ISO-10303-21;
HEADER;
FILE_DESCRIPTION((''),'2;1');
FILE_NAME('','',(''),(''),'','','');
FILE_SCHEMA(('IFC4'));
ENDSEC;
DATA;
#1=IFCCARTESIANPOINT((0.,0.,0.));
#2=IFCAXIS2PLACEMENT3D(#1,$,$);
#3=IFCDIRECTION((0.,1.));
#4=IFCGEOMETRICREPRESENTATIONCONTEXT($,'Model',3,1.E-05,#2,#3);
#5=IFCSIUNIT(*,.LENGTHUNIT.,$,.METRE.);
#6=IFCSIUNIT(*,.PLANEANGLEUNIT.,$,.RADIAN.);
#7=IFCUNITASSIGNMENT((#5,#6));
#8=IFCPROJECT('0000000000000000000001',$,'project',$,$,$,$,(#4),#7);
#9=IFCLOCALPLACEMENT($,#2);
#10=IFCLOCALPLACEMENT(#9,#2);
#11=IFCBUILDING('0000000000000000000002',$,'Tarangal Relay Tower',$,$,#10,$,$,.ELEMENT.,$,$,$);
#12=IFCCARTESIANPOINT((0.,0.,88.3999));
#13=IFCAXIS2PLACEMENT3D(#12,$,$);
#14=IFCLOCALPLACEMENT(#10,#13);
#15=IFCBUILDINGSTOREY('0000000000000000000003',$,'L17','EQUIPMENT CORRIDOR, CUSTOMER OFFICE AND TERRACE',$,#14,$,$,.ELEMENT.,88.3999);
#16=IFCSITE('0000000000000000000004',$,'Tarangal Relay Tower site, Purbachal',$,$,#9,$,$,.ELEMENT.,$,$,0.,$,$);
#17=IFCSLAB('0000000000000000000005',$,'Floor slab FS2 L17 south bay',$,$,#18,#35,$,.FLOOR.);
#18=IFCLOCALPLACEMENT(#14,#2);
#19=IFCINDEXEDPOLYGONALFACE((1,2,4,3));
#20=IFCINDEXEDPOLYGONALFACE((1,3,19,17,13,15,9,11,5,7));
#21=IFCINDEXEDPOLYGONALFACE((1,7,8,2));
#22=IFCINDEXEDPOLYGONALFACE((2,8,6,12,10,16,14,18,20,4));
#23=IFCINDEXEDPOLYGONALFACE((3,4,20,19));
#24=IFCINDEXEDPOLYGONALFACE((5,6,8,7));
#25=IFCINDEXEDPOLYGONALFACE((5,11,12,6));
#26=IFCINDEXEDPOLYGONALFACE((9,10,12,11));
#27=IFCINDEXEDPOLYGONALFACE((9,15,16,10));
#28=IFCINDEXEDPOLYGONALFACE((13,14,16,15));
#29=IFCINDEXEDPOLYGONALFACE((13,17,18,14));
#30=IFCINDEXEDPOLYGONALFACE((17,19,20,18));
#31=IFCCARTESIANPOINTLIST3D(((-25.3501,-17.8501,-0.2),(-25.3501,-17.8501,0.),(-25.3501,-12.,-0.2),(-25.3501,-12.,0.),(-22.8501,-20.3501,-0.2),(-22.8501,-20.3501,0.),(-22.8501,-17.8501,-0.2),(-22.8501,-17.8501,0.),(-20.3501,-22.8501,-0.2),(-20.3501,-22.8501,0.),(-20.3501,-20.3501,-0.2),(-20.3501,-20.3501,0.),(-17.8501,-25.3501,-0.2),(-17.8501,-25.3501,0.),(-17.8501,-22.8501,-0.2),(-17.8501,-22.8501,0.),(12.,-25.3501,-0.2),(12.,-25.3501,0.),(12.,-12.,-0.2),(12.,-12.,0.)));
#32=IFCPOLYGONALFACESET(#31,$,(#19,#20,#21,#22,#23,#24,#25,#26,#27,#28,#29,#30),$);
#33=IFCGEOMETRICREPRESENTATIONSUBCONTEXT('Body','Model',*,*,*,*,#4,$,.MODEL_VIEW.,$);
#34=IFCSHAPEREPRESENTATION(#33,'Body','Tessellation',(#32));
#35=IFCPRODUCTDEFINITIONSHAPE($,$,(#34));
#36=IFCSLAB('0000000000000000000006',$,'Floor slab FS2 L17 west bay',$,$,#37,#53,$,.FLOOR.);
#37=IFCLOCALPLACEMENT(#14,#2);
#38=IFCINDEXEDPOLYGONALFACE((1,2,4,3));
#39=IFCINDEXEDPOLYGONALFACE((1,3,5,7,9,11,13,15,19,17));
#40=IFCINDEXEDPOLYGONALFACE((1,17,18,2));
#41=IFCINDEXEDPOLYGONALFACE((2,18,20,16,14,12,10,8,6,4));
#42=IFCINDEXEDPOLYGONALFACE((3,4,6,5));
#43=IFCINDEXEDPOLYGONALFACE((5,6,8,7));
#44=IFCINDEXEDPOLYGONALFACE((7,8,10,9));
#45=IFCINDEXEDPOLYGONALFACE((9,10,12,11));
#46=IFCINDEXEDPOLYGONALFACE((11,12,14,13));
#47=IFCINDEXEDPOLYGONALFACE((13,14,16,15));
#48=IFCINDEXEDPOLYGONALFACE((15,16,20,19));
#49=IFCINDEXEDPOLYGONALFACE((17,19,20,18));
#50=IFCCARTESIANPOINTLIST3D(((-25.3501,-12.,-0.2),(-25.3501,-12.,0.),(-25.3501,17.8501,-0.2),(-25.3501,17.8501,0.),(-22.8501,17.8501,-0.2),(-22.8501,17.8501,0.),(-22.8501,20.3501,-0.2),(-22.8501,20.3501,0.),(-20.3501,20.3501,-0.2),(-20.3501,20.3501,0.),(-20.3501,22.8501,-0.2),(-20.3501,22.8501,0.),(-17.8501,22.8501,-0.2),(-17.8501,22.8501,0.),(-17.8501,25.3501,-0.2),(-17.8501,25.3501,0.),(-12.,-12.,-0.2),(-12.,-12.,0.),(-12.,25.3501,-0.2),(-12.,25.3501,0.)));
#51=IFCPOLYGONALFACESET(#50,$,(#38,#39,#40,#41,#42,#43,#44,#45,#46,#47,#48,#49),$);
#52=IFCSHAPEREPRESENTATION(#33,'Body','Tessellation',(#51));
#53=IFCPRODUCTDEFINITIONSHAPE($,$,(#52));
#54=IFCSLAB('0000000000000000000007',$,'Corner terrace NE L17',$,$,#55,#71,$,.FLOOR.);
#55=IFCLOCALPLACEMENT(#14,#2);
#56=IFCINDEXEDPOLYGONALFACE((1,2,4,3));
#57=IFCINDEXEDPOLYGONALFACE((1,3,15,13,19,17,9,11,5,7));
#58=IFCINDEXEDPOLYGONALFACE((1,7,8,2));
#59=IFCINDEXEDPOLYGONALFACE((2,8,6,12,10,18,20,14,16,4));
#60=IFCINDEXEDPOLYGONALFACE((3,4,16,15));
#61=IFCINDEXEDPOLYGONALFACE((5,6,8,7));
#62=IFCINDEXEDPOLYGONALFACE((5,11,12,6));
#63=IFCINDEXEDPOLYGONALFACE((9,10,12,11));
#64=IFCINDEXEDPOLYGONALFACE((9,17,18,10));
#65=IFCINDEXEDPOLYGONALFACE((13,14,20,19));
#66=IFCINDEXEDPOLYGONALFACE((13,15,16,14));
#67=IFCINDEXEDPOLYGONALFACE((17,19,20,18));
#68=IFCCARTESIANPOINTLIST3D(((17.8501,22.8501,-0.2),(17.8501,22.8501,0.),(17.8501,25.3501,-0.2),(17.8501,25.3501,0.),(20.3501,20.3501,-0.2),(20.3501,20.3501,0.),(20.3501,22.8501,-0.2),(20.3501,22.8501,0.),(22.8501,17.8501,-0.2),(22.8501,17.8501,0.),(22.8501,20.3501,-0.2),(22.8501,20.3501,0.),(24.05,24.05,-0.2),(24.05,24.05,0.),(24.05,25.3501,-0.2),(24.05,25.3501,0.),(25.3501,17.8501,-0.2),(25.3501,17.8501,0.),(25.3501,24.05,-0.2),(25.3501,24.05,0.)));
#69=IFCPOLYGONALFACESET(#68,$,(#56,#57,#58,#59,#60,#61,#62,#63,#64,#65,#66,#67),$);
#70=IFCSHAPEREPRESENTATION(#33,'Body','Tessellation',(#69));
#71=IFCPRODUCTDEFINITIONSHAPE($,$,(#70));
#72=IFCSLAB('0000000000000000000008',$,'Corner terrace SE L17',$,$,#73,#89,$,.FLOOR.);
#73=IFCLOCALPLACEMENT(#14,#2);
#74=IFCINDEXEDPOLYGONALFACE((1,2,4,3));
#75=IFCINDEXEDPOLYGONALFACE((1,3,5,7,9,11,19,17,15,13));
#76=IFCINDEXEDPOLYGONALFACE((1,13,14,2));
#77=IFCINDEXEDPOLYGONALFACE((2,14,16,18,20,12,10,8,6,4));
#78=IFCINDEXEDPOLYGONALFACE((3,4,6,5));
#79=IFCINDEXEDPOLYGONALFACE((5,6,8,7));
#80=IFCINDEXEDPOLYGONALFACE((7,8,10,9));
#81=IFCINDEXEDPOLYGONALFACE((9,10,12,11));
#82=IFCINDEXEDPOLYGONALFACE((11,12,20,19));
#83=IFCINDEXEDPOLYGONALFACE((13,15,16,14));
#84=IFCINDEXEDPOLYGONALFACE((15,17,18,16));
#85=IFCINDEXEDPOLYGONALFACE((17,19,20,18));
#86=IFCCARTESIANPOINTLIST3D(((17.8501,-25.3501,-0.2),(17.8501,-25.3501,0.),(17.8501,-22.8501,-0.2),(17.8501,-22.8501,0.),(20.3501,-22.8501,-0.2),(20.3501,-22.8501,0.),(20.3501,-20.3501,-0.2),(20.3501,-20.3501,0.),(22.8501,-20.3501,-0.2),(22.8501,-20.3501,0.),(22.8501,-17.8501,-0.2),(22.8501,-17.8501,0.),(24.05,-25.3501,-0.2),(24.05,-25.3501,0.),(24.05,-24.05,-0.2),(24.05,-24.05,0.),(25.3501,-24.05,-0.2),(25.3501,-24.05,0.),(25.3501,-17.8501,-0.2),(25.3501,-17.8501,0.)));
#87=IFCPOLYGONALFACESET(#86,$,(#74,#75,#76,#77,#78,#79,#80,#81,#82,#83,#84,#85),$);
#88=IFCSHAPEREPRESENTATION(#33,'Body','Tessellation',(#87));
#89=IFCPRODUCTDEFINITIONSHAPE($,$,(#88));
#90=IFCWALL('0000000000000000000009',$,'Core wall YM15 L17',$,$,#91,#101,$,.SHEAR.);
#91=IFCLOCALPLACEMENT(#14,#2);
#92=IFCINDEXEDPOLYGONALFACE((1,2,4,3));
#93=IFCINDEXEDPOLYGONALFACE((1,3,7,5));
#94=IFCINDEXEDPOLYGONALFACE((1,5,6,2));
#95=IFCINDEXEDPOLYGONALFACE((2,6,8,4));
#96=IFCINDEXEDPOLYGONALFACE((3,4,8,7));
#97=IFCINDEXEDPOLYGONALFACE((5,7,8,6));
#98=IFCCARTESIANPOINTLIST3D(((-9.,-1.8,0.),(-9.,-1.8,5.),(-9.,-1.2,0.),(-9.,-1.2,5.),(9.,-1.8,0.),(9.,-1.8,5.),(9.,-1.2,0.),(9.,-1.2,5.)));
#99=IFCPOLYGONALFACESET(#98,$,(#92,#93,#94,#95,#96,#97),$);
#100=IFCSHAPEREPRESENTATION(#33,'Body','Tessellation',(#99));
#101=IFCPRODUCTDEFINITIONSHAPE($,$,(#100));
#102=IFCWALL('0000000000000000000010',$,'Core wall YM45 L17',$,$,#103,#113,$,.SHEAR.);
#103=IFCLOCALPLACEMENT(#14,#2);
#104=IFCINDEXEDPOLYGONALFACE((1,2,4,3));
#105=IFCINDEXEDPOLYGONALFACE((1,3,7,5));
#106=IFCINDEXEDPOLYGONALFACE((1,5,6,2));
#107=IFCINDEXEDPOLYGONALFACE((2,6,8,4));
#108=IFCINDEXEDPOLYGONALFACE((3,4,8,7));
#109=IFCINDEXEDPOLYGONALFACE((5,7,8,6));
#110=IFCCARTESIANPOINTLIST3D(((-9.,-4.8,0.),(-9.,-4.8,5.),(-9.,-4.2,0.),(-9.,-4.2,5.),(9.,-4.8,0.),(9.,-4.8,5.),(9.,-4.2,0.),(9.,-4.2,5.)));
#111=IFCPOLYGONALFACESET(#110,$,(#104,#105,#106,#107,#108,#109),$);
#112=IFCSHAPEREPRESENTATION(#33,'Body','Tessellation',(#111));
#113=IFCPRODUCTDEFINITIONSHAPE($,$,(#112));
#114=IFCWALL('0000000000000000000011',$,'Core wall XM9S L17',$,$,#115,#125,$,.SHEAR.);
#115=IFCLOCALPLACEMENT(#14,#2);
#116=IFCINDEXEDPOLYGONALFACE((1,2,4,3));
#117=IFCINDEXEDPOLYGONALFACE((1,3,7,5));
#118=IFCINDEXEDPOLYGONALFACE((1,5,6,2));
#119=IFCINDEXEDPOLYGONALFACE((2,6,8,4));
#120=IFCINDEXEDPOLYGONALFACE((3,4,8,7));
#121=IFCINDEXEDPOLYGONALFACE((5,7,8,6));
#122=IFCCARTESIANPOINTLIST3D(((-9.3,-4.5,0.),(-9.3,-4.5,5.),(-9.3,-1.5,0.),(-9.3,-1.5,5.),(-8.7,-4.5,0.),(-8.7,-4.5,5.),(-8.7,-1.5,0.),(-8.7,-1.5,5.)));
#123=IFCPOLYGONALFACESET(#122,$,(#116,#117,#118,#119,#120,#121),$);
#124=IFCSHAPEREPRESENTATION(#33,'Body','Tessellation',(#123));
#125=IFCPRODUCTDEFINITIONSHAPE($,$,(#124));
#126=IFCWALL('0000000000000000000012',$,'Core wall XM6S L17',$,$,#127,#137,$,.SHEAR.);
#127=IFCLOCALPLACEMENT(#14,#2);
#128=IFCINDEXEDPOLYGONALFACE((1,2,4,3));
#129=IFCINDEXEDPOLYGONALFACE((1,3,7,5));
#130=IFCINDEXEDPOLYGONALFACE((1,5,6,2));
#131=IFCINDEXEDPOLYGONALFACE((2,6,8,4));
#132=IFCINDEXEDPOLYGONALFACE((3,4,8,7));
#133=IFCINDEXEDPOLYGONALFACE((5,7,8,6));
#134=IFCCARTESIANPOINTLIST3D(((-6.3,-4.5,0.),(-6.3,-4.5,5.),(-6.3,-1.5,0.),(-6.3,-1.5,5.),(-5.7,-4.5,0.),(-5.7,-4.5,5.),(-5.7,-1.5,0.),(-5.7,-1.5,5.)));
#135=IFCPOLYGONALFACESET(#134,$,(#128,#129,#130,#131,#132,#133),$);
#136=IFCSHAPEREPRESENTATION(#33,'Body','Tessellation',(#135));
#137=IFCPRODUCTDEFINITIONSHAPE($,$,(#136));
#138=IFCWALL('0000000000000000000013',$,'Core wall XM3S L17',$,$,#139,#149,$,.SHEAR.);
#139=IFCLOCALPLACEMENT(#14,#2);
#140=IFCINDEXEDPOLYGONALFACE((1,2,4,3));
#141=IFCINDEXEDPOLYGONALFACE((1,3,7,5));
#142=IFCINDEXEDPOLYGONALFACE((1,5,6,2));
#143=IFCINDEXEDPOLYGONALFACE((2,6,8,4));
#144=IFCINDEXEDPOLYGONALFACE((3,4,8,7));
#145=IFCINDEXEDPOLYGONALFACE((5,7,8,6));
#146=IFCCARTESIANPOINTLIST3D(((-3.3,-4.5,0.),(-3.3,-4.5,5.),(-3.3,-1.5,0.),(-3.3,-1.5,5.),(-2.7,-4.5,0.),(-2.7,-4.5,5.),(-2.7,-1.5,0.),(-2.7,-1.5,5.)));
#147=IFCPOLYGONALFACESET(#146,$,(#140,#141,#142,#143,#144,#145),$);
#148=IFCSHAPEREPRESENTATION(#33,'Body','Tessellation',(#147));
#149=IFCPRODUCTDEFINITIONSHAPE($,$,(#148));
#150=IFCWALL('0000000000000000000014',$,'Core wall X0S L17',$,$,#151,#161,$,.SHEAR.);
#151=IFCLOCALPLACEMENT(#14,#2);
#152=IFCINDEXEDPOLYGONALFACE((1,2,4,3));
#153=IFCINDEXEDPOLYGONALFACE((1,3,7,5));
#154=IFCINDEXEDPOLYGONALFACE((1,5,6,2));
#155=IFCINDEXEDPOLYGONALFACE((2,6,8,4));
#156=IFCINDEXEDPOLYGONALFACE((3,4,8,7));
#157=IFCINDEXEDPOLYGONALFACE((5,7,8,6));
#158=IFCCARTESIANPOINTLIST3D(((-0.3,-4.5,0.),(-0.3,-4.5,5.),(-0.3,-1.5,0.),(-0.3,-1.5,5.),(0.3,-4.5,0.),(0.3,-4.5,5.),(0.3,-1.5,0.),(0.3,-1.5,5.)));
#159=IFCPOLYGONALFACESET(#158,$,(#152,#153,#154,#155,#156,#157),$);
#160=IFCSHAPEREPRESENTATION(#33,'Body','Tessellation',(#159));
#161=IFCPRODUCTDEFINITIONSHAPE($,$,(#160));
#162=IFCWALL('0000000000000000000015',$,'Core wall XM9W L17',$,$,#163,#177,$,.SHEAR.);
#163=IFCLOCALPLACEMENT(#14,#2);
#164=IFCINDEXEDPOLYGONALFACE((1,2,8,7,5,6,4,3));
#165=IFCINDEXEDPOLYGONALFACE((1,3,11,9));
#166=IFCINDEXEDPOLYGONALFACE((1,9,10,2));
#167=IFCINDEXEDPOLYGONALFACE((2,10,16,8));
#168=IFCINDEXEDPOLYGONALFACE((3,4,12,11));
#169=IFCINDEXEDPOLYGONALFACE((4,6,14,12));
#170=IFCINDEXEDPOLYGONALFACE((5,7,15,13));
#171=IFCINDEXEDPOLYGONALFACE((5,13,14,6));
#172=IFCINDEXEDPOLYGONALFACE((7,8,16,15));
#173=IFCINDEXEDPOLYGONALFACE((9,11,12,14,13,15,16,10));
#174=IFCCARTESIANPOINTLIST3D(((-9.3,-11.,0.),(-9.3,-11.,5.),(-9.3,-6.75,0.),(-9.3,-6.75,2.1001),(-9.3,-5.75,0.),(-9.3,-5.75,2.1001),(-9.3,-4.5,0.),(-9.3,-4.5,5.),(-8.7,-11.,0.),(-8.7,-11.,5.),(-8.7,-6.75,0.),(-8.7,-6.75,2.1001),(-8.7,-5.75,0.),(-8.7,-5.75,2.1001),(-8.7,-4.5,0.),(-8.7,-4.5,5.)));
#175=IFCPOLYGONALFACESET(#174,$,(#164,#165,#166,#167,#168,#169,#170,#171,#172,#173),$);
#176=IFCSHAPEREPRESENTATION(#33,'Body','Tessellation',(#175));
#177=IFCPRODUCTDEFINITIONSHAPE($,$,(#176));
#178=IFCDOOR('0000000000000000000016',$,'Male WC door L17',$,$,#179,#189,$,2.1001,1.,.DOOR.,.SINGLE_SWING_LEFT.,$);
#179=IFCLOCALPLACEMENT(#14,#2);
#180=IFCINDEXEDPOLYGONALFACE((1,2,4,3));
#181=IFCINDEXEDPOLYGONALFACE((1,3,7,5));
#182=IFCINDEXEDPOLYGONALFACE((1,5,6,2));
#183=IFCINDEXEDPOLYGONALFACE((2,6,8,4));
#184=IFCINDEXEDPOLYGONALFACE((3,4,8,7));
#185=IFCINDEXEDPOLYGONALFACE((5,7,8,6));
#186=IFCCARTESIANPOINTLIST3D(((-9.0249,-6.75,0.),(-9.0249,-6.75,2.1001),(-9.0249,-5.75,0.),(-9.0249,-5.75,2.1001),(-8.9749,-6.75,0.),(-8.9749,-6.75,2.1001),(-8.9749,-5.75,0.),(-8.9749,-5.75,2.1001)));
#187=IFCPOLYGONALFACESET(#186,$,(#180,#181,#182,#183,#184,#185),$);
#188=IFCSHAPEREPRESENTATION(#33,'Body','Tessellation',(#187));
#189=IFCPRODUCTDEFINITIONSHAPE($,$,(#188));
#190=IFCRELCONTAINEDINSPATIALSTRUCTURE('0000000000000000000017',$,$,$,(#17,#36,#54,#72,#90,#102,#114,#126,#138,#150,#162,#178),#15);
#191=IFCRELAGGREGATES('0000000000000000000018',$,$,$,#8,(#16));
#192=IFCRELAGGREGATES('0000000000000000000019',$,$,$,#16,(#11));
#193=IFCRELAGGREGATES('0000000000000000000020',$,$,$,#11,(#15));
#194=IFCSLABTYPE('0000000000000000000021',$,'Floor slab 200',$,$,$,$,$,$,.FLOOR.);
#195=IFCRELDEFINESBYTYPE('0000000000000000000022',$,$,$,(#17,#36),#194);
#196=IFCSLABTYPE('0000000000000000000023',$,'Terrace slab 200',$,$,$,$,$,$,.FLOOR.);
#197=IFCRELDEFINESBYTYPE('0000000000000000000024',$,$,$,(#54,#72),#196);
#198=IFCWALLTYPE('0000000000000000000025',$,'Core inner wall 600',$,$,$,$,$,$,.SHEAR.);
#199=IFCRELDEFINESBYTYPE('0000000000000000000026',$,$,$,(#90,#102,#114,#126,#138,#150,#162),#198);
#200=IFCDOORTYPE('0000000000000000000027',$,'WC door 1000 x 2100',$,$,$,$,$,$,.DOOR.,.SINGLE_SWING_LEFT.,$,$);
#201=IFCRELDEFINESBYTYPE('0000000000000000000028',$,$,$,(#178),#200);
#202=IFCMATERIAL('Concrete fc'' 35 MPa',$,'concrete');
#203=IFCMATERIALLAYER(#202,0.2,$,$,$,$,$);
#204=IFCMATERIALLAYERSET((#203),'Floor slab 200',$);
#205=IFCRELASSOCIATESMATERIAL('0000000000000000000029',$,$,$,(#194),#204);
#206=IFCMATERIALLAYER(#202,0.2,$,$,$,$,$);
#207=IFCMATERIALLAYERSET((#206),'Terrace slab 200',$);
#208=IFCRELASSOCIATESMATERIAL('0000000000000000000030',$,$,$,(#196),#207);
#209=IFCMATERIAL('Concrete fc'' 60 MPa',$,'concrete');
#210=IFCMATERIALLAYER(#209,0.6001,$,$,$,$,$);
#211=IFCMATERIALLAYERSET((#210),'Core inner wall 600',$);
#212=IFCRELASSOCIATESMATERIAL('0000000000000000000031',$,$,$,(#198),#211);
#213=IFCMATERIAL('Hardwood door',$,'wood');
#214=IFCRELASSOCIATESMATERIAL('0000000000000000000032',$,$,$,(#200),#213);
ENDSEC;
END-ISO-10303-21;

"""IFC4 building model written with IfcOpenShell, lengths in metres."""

from ifc_helpers import new_model, si_unit, direction, frame, frame_2d, origin, place, context, subcontext, project, spatial, polyline, rectangle, outline, extrude, material, layer, layer_set, type_object, element, fill, save


model = new_model("IFC4")

# Units and contexts
model_context = context("Model", 3, precision=1e-05, world=origin(), true_north=direction((0.0, 1.0)))
body_context = subcontext(model_context, "Body", "Model", "MODEL_VIEW")
ifc_project = project(units=[si_unit("LENGTHUNIT", "METRE"), si_unit("PLANEANGLEUNIT", "RADIAN")], contexts=[model_context])

# Site, building, storey
site_placement = place(None, origin())
site = spatial("IfcSite", under=ifc_project, at=site_placement, Name="Tarangal Relay Tower site, Purbachal", CompositionType="ELEMENT", RefElevation=0.0)
building_placement = place(site_placement, origin())
building = spatial("IfcBuilding", under=site, at=building_placement, Name="Tarangal Relay Tower", CompositionType="ELEMENT")
storey_placement = place(building_placement, frame((0.0, 0.0, 88.3999)))
storey = spatial("IfcBuildingStorey", under=building, at=storey_placement, Name="L17", Description="EQUIPMENT CORRIDOR, CUSTOMER OFFICE AND TERRACE", CompositionType="ELEMENT", Elevation=88.3999)

# Slabs
ifc_material_1 = material(Name="Concrete fc' 35 MPa", Category="concrete")
ifc_layer_1 = layer(ifc_material_1, 0.2)
ifc_layer_set_1 = layer_set([ifc_layer_1], Name="Floor slab 200")
slab_type_1 = type_object("IfcSlabType", Name="Floor slab 200", PredefinedType="FLOOR", material=ifc_layer_set_1)
slab_1_placement = place(storey_placement, frame((0.0, 0.0, -0.2)))
element("IfcSlab", 1, at=slab_1_placement, inside=storey, type_object=slab_type_1, Name="Floor slab FS2 L17 south bay", PredefinedType="FLOOR", context=body_context, shape_type="SweptSolid", body=[
    extrude(outline(polyline([(-17.8501, -25.3501), (-17.8501, -22.8501), (-20.3501, -22.8501), (-20.3501, -20.3501), (-22.8501, -20.3501), (-22.8501, -17.8501), (-25.3501, -17.8501), (-25.3501, -12.0), (12.0, -12.0), (12.0, -25.3501), (-17.8501, -25.3501)])), origin(), (0.0, 0.0, 1.0), 0.2),
])
slab_2_placement = place(storey_placement, frame((0.0, 0.0, -0.2)))
element("IfcSlab", 2, at=slab_2_placement, inside=storey, type_object=slab_type_1, Name="Floor slab FS2 L17 west bay", PredefinedType="FLOOR", context=body_context, shape_type="SweptSolid", body=[
    extrude(outline(polyline([(-12.0, 25.3501), (-12.0, -12.0), (-25.3501, -12.0), (-25.3501, 17.8501), (-22.8501, 17.8501), (-22.8501, 20.3501), (-20.3501, 20.3501), (-20.3501, 22.8501), (-17.8501, 22.8501), (-17.8501, 25.3501), (-12.0, 25.3501)])), origin(), (0.0, 0.0, 1.0), 0.2),
])
ifc_layer_2 = layer(ifc_material_1, 0.2)
ifc_layer_set_2 = layer_set([ifc_layer_2], Name="Terrace slab 200")
slab_type_2 = type_object("IfcSlabType", Name="Terrace slab 200", PredefinedType="FLOOR", material=ifc_layer_set_2)
slab_3_placement = place(storey_placement, frame((0.0, 0.0, -0.2)))
element("IfcSlab", 3, at=slab_3_placement, inside=storey, type_object=slab_type_2, Name="Corner terrace NE L17", PredefinedType="FLOOR", context=body_context, shape_type="SweptSolid", body=[
    extrude(outline(polyline([(17.8501, 25.3501), (17.8501, 22.8501), (20.3501, 22.8501), (20.3501, 20.3501), (22.8501, 20.3501), (22.8501, 17.8501), (25.3501, 17.8501), (25.3501, 24.05), (24.05, 24.05), (24.05, 25.3501), (17.8501, 25.3501)])), origin(), (0.0, 0.0, 1.0), 0.2),
])
slab_4_placement = place(storey_placement, frame((0.0, 0.0, -0.2)))
element("IfcSlab", 4, at=slab_4_placement, inside=storey, type_object=slab_type_2, Name="Corner terrace SE L17", PredefinedType="FLOOR", context=body_context, shape_type="SweptSolid", body=[
    extrude(outline(polyline([(25.3501, -17.8501), (22.8501, -17.8501), (22.8501, -20.3501), (20.3501, -20.3501), (20.3501, -22.8501), (17.8501, -22.8501), (17.8501, -25.3501), (24.05, -25.3501), (24.05, -24.05), (25.3501, -24.05), (25.3501, -17.8501)])), origin(), (0.0, 0.0, 1.0), 0.2),
])

# Walls
ifc_material_2 = material(Name="Concrete fc' 60 MPa", Category="concrete")
ifc_layer_3 = layer(ifc_material_2, 0.6001)
ifc_layer_set_3 = layer_set([ifc_layer_3], Name="Core inner wall 600")
wall_type_1 = type_object("IfcWallType", Name="Core inner wall 600", PredefinedType="SHEAR", material=ifc_layer_set_3)
for number, where, z_axis, x_axis, name in (
    (5, (-9.0, -1.5, 0.0), (0.0, 0.0, 1.0), (1.0, 0.0, 0.0), "Core wall YM15 L17"),
    (6, (-9.0, -4.5, 0.0), (0.0, 0.0, 1.0), (1.0, 0.0, 0.0), "Core wall YM45 L17"),
):
    element("IfcWall", number, at=place(storey_placement, frame(where, z_axis=z_axis, x_axis=x_axis)), inside=storey, type_object=wall_type_1, Name=name, PredefinedType="SHEAR", context=body_context, shape_type="SweptSolid", body=[
        extrude(rectangle(XDim=18.0, YDim=0.6001, at=frame_2d((9.0, 0.0))), origin(), (0.0, 0.0, 1.0), 5.0),
    ])
for number, where, z_axis, x_axis, name in (
    (7, (-9.0, -4.5, 0.0), (0.0, 0.0, 1.0), (0.0, 1.0, 0.0), "Core wall XM9S L17"),
    (8, (-6.0, -4.5, 0.0), (0.0, 0.0, 1.0), (0.0, 1.0, 0.0), "Core wall XM6S L17"),
    (9, (-3.0, -4.5, 0.0), (0.0, 0.0, 1.0), (0.0, 1.0, 0.0), "Core wall XM3S L17"),
    (10, (0.0, -4.5, 0.0), (0.0, 0.0, 1.0), (0.0, 1.0, 0.0), "Core wall X0S L17"),
):
    element("IfcWall", number, at=place(storey_placement, frame(where, z_axis=z_axis, x_axis=x_axis)), inside=storey, type_object=wall_type_1, Name=name, PredefinedType="SHEAR", context=body_context, shape_type="SweptSolid", body=[
        extrude(rectangle(XDim=3.0, YDim=0.6001, at=frame_2d((1.5, 0.0))), origin(), (0.0, 0.0, 1.0), 5.0),
    ])

# Wall, opening, door
wall_1_placement = place(storey_placement, frame((-9.0, -11.0, 0.0), z_axis=(0.0, 0.0, 1.0), x_axis=(0.0, 1.0, 0.0)))
wall_1 = element("IfcWall", 11, at=wall_1_placement, inside=storey, type_object=wall_type_1, Name="Core wall XM9W L17", PredefinedType="SHEAR", context=body_context, shape_type="SweptSolid", body=[
    extrude(rectangle(XDim=6.5, YDim=0.6001, at=frame_2d((3.25, 0.0))), origin(), (0.0, 0.0, 1.0), 5.0),
])
opening_1_placement = place(wall_1_placement, frame((4.25, 0.0, 0.0)))
opening_1 = element("IfcOpeningElement", 12, at=opening_1_placement, cuts=wall_1, PredefinedType="OPENING", context=body_context, shape_type="SweptSolid", body=[
    extrude(rectangle(XDim=1.0, YDim=2.1001, at=frame_2d((0.5, 1.05))), frame((0.0, 0.3101, 0.0), z_axis=(0.0, -1.0, 0.0), x_axis=(1.0, 0.0, 0.0)), (0.0, 0.0, 1.0), 0.6201),
])
ifc_material_3 = material(Name="Hardwood door", Category="wood")
door_type_1 = type_object("IfcDoorType", Name="WC door 1000 x 2100", OperationType="SINGLE_SWING_LEFT", PredefinedType="DOOR", material=ifc_material_3)
door_1_placement = place(opening_1_placement, origin())
door_1 = element("IfcDoor", 13, at=door_1_placement, inside=storey, type_object=door_type_1, Name="Male WC door L17", OperationType="SINGLE_SWING_LEFT", OverallHeight=2.1001, OverallWidth=1.0, PredefinedType="DOOR", context=body_context, shape_type="SweptSolid", body=[
    extrude(rectangle(XDim=1.0, YDim=2.1001, at=frame_2d((0.5, 1.05))), frame((0.0, 0.0249, 0.0), z_axis=(0.0, -1.0, 0.0), x_axis=(1.0, 0.0, 0.0)), (0.0, 0.0, 1.0), 0.05),
])
fill(opening_1, door_1)

save(model, "model.ifc")
